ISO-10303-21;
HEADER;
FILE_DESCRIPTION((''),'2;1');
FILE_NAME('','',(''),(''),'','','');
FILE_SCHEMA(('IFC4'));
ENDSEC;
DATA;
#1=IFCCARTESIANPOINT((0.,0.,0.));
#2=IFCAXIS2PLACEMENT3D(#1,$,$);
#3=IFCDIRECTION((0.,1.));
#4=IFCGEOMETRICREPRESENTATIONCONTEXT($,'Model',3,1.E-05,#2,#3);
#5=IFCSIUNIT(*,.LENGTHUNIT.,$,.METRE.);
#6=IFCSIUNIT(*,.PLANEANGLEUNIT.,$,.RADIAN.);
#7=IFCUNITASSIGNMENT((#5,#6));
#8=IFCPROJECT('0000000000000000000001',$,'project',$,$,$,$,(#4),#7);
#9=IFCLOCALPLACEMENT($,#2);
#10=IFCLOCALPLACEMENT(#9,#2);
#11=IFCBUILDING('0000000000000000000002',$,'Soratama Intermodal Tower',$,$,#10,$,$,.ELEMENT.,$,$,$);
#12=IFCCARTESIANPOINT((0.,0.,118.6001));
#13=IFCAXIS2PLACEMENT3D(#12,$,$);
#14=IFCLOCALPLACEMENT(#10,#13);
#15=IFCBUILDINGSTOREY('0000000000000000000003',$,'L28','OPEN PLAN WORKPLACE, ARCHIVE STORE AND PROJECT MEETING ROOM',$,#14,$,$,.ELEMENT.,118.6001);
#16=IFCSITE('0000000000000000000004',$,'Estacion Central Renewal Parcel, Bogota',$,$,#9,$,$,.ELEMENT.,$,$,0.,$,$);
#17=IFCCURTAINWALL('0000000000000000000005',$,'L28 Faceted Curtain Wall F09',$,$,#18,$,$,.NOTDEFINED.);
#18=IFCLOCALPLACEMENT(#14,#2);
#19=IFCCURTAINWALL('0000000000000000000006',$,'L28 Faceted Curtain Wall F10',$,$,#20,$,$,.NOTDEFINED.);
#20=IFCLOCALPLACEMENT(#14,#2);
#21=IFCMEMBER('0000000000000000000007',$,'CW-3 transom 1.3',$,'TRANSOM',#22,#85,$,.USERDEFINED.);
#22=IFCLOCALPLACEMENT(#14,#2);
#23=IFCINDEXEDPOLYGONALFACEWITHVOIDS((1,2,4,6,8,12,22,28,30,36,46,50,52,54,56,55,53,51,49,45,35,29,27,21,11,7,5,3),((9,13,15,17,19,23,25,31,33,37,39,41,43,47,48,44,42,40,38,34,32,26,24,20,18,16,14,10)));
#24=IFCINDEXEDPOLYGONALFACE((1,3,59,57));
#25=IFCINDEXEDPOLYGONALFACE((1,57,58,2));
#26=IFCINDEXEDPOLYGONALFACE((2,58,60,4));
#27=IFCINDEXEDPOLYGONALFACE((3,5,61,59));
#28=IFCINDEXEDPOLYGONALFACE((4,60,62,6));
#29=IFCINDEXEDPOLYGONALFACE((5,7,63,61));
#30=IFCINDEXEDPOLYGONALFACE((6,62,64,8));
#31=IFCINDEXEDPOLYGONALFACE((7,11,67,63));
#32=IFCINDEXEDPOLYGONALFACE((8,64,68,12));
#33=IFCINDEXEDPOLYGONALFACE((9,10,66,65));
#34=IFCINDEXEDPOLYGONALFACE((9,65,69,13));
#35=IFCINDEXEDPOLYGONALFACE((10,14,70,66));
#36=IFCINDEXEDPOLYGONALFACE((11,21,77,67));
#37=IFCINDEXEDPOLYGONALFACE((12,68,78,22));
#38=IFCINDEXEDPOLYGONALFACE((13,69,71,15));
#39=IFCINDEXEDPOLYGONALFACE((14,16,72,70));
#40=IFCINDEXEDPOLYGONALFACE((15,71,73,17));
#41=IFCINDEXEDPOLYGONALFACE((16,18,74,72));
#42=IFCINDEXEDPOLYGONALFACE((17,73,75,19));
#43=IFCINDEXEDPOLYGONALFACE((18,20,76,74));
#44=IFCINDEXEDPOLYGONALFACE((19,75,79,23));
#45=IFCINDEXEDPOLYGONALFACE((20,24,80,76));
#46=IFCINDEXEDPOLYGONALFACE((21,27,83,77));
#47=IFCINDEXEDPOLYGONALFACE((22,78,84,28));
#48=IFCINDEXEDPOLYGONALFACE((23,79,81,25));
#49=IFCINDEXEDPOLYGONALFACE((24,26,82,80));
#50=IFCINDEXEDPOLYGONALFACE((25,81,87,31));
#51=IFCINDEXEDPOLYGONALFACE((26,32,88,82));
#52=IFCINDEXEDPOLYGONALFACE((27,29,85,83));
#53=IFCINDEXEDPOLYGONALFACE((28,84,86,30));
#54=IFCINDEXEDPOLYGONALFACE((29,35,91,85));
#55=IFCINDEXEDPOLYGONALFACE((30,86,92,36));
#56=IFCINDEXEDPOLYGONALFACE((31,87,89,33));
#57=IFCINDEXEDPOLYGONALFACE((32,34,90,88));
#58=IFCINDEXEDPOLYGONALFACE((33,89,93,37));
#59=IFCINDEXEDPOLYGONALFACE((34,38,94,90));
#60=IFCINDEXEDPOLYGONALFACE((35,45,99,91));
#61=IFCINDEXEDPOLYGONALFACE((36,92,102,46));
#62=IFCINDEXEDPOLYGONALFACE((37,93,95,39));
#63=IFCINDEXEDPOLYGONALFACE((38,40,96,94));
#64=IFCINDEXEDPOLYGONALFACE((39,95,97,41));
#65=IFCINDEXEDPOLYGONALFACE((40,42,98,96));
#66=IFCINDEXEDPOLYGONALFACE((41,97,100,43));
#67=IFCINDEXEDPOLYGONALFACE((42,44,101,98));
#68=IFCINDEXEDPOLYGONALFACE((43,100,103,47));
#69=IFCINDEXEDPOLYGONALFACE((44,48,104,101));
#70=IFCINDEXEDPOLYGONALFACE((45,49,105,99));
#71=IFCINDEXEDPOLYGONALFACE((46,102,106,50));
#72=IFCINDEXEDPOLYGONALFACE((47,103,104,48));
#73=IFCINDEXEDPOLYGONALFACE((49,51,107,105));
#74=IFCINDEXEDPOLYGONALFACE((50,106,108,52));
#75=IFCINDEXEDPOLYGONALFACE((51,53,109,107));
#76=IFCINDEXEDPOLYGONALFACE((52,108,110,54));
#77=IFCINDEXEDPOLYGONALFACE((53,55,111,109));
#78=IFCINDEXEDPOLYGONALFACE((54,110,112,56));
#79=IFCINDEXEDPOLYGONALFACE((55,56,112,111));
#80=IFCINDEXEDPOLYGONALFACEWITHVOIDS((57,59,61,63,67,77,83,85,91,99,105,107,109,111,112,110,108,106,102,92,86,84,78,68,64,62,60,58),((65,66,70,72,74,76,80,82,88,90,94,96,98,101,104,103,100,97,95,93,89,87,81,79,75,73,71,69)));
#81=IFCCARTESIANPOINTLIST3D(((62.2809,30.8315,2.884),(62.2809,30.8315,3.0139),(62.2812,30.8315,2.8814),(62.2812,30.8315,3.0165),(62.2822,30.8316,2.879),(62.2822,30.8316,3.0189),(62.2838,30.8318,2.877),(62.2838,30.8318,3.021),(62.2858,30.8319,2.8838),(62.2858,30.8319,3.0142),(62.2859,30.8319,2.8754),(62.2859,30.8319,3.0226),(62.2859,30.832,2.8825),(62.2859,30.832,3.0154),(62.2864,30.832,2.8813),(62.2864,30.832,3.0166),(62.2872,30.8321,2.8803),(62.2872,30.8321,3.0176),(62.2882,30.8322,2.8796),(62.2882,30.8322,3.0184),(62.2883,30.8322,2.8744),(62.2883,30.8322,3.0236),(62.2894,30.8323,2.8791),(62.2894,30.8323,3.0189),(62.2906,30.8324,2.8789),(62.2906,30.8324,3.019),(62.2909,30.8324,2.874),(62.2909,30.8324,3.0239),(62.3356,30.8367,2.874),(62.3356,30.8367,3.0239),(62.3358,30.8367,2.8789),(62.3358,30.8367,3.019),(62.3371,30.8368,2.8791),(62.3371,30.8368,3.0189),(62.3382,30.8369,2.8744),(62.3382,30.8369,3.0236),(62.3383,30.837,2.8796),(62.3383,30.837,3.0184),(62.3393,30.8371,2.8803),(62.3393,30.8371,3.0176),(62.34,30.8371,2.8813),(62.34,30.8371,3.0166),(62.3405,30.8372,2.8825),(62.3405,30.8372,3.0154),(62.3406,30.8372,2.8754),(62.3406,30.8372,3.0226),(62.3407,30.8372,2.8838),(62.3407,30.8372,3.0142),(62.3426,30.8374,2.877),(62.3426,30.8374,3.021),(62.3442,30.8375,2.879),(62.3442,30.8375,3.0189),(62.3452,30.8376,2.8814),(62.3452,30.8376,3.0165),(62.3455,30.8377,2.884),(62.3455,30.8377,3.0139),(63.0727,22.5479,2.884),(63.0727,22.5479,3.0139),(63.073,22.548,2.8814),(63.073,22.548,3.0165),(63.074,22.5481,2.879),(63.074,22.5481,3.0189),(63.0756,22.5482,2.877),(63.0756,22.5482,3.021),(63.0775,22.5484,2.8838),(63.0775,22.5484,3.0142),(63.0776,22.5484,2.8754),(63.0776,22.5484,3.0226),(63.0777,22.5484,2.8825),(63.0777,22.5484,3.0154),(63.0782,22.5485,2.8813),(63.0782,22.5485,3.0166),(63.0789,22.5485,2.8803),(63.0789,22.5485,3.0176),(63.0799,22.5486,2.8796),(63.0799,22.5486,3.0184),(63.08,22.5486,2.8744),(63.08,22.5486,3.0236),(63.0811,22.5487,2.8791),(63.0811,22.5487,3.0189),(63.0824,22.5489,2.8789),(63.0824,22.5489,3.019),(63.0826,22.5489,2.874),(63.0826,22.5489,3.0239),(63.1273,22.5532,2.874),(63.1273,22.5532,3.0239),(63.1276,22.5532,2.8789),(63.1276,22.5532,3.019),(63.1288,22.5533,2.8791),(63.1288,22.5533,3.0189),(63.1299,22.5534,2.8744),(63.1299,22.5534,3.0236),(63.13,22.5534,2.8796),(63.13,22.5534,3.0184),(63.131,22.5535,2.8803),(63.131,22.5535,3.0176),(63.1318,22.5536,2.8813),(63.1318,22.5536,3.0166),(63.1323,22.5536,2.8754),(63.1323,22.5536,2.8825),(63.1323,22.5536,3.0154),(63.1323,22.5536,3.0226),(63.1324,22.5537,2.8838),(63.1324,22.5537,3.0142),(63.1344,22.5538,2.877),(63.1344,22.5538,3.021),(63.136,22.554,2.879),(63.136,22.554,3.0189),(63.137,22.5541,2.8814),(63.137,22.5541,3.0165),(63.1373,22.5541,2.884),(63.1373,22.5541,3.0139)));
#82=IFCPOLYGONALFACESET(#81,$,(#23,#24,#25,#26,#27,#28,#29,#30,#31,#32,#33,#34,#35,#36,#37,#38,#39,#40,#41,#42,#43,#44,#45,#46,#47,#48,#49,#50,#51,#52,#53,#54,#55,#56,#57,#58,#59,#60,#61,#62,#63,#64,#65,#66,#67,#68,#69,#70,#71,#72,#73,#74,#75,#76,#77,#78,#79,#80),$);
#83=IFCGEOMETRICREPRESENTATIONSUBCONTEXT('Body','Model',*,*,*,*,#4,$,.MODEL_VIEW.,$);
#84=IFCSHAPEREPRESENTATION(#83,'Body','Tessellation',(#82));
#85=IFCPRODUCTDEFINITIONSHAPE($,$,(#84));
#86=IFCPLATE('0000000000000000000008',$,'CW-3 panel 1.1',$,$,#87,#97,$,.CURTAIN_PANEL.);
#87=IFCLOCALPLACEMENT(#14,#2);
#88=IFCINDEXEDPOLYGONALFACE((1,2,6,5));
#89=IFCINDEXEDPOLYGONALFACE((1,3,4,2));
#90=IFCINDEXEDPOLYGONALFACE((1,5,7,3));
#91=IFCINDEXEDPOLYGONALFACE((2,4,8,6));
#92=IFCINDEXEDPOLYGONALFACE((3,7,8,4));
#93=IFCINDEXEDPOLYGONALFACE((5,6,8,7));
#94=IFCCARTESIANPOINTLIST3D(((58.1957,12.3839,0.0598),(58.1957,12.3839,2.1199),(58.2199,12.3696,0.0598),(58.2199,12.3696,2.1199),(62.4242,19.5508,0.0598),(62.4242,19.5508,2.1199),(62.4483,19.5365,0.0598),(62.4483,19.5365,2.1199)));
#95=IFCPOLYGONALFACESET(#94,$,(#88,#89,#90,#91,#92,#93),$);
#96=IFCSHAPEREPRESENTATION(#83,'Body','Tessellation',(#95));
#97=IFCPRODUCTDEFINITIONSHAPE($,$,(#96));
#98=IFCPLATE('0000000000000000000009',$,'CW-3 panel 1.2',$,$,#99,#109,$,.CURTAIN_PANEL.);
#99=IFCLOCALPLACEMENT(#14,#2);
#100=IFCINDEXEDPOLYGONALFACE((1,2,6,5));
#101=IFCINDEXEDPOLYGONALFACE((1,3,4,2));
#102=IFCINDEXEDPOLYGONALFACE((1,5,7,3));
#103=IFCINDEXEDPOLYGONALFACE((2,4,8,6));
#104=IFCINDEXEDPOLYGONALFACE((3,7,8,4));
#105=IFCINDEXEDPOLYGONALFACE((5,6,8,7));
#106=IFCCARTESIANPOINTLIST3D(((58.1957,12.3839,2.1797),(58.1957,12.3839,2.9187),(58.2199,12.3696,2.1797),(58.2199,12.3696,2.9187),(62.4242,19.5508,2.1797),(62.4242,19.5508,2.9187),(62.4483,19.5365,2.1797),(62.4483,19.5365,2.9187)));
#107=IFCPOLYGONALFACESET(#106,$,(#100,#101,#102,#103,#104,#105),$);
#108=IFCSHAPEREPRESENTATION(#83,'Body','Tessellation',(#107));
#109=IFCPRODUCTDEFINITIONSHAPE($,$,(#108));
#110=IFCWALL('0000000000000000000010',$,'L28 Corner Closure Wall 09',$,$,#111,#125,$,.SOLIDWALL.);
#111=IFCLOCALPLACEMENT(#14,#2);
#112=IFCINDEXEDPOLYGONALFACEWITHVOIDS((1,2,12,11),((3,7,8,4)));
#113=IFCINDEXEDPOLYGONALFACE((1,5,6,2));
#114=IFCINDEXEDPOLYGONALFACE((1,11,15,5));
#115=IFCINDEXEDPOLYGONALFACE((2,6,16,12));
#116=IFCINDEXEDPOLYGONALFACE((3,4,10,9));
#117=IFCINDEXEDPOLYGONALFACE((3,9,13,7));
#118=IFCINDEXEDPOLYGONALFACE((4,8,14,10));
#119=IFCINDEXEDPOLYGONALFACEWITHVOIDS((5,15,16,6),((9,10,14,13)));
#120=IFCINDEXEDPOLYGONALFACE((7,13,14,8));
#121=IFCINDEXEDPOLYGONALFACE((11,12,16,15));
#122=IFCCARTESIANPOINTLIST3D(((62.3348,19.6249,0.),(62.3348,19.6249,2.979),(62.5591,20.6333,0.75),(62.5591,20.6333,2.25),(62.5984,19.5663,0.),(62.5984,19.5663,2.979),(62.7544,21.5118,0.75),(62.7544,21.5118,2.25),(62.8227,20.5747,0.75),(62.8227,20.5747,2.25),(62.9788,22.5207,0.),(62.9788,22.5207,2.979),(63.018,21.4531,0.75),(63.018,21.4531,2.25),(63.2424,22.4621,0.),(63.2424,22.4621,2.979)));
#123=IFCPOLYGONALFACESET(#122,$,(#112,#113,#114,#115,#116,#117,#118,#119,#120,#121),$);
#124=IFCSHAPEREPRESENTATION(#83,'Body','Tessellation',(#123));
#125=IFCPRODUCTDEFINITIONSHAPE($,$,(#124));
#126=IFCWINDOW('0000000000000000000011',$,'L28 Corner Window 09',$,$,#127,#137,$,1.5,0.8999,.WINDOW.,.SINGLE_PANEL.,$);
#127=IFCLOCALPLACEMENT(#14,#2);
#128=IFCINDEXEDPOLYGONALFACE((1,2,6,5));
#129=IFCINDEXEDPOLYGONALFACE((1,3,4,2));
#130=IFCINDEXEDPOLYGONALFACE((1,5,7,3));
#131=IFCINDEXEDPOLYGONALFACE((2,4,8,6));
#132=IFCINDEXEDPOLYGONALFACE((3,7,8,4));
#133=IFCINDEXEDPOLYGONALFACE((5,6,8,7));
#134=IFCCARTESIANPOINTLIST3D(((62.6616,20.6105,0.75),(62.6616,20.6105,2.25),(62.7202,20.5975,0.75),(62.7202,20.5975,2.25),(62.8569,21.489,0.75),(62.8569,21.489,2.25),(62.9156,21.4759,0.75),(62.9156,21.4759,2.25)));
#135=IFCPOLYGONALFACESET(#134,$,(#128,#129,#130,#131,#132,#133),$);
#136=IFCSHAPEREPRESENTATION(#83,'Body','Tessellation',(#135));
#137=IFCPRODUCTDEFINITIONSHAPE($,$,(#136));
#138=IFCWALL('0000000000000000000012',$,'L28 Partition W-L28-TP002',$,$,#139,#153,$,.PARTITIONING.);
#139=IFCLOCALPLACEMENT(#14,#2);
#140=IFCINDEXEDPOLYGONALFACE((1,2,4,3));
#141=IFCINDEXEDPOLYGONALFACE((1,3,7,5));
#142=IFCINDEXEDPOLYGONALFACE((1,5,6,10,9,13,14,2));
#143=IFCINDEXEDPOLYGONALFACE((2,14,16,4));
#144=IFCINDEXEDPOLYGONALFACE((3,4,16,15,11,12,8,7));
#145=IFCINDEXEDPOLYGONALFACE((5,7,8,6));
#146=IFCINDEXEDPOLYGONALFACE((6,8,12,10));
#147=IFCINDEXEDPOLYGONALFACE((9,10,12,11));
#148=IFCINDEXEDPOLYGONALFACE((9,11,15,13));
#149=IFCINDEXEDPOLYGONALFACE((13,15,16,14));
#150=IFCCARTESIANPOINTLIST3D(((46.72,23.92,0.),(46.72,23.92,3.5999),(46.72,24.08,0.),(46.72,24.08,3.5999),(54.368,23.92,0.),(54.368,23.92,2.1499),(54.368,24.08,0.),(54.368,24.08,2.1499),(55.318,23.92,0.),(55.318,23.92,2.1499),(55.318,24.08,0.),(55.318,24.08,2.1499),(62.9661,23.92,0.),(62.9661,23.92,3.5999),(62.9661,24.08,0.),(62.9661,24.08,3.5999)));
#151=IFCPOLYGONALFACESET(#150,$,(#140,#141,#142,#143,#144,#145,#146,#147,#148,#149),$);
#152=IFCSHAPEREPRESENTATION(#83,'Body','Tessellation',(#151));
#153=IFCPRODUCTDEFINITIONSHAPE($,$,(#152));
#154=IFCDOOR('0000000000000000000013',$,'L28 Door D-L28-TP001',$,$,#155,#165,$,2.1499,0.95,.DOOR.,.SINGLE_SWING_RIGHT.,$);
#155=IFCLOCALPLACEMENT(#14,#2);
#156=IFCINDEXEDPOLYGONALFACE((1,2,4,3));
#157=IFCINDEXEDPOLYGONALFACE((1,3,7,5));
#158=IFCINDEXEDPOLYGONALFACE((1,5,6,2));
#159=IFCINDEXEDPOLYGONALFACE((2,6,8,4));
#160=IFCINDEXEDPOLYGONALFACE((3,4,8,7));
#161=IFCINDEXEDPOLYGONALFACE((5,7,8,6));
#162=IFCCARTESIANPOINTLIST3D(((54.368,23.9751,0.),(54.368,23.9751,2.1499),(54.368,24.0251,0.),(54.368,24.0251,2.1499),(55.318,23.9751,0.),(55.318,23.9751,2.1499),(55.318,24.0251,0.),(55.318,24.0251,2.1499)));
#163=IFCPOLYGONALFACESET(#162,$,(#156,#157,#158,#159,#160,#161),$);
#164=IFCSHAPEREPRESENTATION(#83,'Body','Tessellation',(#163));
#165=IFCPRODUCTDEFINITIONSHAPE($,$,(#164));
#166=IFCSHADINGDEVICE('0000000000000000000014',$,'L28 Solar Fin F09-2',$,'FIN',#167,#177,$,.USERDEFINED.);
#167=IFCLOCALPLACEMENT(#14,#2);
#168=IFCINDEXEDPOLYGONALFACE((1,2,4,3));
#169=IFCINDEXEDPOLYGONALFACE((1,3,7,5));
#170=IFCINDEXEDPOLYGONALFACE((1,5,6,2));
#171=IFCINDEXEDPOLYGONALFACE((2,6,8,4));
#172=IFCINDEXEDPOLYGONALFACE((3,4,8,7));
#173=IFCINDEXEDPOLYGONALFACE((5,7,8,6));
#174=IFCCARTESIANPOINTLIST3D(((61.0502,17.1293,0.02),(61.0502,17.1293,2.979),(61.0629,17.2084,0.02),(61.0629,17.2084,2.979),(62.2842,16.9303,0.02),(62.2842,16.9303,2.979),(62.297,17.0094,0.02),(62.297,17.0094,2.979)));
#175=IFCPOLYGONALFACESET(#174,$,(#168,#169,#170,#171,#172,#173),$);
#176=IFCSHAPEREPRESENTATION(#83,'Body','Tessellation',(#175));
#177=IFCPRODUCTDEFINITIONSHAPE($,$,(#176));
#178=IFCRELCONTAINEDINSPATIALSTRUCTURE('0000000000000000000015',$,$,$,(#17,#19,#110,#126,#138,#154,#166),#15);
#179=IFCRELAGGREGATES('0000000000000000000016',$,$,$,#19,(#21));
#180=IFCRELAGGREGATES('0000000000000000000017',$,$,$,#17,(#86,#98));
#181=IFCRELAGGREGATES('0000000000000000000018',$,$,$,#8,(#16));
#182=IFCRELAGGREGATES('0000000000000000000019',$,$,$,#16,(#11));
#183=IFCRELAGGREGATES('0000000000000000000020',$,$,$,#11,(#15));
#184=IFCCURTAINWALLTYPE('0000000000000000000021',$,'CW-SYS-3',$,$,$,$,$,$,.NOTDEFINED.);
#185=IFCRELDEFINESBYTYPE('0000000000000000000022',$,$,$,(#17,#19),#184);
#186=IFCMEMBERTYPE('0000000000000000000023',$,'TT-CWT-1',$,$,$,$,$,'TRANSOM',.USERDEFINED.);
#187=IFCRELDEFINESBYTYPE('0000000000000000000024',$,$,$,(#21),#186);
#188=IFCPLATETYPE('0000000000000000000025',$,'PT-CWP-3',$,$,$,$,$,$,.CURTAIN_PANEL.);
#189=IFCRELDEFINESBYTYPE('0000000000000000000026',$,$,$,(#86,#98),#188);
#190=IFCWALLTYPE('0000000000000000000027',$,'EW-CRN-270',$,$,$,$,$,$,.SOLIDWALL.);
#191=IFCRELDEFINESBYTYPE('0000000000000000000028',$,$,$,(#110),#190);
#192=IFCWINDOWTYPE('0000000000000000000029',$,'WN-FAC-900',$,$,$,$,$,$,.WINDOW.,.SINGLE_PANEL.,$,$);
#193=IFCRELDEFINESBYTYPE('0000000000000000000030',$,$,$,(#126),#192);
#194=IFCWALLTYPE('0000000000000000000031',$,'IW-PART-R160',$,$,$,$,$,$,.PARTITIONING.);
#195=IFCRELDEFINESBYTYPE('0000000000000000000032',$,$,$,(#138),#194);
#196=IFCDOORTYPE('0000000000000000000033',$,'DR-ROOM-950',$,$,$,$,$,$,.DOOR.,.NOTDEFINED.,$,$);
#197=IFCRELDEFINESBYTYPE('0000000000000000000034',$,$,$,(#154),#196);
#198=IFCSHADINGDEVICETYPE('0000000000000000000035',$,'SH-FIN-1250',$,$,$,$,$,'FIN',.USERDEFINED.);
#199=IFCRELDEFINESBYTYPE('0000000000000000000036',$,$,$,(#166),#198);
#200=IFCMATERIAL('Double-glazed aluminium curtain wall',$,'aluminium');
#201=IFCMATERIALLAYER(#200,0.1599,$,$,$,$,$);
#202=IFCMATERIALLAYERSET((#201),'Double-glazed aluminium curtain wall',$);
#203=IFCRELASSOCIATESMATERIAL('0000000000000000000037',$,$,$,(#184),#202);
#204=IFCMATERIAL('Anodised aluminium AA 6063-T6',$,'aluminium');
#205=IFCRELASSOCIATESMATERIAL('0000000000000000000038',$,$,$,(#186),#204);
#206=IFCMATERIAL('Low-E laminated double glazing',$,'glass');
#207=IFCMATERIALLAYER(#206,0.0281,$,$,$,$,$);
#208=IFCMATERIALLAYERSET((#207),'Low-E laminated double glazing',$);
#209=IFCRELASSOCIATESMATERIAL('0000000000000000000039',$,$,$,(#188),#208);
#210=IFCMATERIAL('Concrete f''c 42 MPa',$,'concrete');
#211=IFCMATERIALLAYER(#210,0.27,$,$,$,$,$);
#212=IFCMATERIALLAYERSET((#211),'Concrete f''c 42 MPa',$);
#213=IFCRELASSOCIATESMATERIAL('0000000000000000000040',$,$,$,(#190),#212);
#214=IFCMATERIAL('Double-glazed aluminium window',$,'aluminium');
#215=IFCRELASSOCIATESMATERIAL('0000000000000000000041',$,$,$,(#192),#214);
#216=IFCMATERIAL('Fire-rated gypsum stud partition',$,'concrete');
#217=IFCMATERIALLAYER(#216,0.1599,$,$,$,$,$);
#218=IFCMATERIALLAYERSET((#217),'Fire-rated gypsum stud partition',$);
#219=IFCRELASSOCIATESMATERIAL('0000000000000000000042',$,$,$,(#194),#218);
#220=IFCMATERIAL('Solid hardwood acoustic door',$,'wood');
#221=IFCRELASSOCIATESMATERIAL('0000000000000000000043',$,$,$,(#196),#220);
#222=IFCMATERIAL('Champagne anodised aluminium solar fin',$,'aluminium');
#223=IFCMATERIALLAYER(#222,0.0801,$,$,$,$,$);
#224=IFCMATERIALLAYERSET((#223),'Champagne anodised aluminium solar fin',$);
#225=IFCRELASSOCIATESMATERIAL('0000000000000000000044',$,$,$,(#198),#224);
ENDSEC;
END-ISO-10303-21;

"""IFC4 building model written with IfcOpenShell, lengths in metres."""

from ifc_helpers import new_model, si_unit, direction, frame, frame_2d, origin, origin_2d, place, context, subcontext, project, spatial, rectangle, hollow_rectangle, extrude, material, layer, layer_set, material_profile, profile_set, type_object, element, fill, aggregate, save


model = new_model("IFC4")

# Units and contexts
model_context = context("Model", 3, precision=1e-05, world=origin(), true_north=direction((0.0, 1.0)))
body_context = subcontext(model_context, "Body", "Model", "MODEL_VIEW")
ifc_project = project(units=[si_unit("LENGTHUNIT", "METRE"), si_unit("PLANEANGLEUNIT", "RADIAN")], contexts=[model_context])

# Site, building, storey
site_placement = place(None, origin())
site = spatial("IfcSite", under=ifc_project, at=site_placement, Name="Estacion Central Renewal Parcel, Bogota", CompositionType="ELEMENT", RefElevation=0.0)
building_placement = place(site_placement, origin())
building = spatial("IfcBuilding", under=site, at=building_placement, Name="Soratama Intermodal Tower", CompositionType="ELEMENT")
storey_placement = place(building_placement, frame((0.0, 0.0, 118.6001)))
storey = spatial("IfcBuildingStorey", under=building, at=storey_placement, Name="L28", Description="OPEN PLAN WORKPLACE, ARCHIVE STORE AND PROJECT MEETING ROOM", CompositionType="ELEMENT", Elevation=118.6001)

# Curtain wall
ifc_material_1 = material(Name="Double-glazed aluminium curtain wall", Category="aluminium")
ifc_layer_1 = layer(ifc_material_1, 0.1599)
ifc_layer_set_1 = layer_set([ifc_layer_1], Name="Double-glazed aluminium curtain wall")
curtain_wall_type = type_object("IfcCurtainWallType", Name="CW-SYS-3", PredefinedType="NOTDEFINED", material=ifc_layer_set_1)
curtain_wall_1_placement = place(storey_placement, origin())
curtain_wall_1 = element("IfcCurtainWall", 1, at=curtain_wall_1_placement, inside=storey, type_object=curtain_wall_type, Name="L28 Faceted Curtain Wall F09", PredefinedType="NOTDEFINED")

# Curtain wall, member
curtain_wall_2_placement = place(storey_placement, origin())
curtain_wall_2 = element("IfcCurtainWall", 2, at=curtain_wall_2_placement, inside=storey, type_object=curtain_wall_type, Name="L28 Faceted Curtain Wall F10", PredefinedType="NOTDEFINED")
ifc_material_2 = material(Name="Anodised aluminium AA 6063-T6", Category="aluminium")
ifc_material_profile_1 = material_profile(ifc_material_2, hollow_rectangle(XDim=0.0649, YDim=0.1499, WallThickness=0.0049, InnerFilletRadius=0.0049, OuterFilletRadius=0.01, at=origin_2d()), Name="CWT150X65X5")
ifc_profile_set_1 = profile_set([ifc_material_profile_1], Name="Anodised aluminium AA 6063-T6")
member_type_1 = type_object("IfcMemberType", Name="TT-CWT-1", ElementType="TRANSOM", PredefinedType="USERDEFINED", material=ifc_profile_set_1)
member_1_placement = place(storey_placement, frame((63.105, 22.551, 2.949), z_axis=(-0.095148, 0.995463, 0.0), x_axis=(-0.995463, -0.095148, 0.0)))
member_1 = element("IfcMember", 3, at=member_1_placement, type_object=member_type_1, Name="CW-3 transom 1.3", ObjectType="TRANSOM", PredefinedType="USERDEFINED", context=body_context, shape_type="SweptSolid", body=[
    extrude(hollow_rectangle(XDim=0.0649, YDim=0.1499, WallThickness=0.0049, InnerFilletRadius=0.0049, OuterFilletRadius=0.01, at=origin_2d()), origin(), (0.0, 0.0, 1.0), 8.3213),
])
aggregate(curtain_wall_2, [member_1])

# Plates
ifc_material_3 = material(Name="Low-E laminated double glazing", Category="glass")
ifc_layer_2 = layer(ifc_material_3, 0.0281)
ifc_layer_set_2 = layer_set([ifc_layer_2], Name="Low-E laminated double glazing")
plate_type = type_object("IfcPlateType", Name="PT-CWP-3", PredefinedType="CURTAIN_PANEL", material=ifc_layer_set_2)
plate_1_placement = place(storey_placement, frame((60.322, 15.9602, 0.0598), z_axis=(0.0, 0.0, 1.0), x_axis=(0.508147, 0.86127, 0.0)))
plate_1 = element("IfcPlate", 4, at=plate_1_placement, type_object=plate_type, Name="CW-3 panel 1.1", PredefinedType="CURTAIN_PANEL", context=body_context, shape_type="SweptSolid", body=[
    extrude(rectangle(XDim=8.3213, YDim=0.0281, at=origin_2d()), origin(), (0.0, 0.0, 1.0), 2.0601),
])
plate_2_placement = place(storey_placement, frame((60.322, 15.9602, 2.1797), z_axis=(0.0, 0.0, 1.0), x_axis=(0.508147, 0.86127, 0.0)))
plate_2 = element("IfcPlate", 5, at=plate_2_placement, type_object=plate_type, Name="CW-3 panel 1.2", PredefinedType="CURTAIN_PANEL", context=body_context, shape_type="SweptSolid", body=[
    extrude(rectangle(XDim=8.3213, YDim=0.0281, at=origin_2d()), origin(), (0.0, 0.0, 1.0), 0.739),
])
aggregate(curtain_wall_1, [plate_1, plate_2])

# Wall, opening, window
ifc_material_4 = material(Name="Concrete f'c 42 MPa", Category="concrete")
ifc_layer_3 = layer(ifc_material_4, 0.27)
ifc_layer_set_3 = layer_set([ifc_layer_3], Name="Concrete f'c 42 MPa")
wall_type_1 = type_object("IfcWallType", Name="EW-CRN-270", PredefinedType="SOLIDWALL", material=ifc_layer_set_3)
wall_1_placement = place(storey_placement, frame((62.4666, 19.5955, 0.0), z_axis=(0.0, 0.0, 1.0), x_axis=(0.217105, 0.976148, 0.0)))
wall_1 = element("IfcWall", 6, at=wall_1_placement, inside=storey, type_object=wall_type_1, Name="L28 Corner Closure Wall 09", PredefinedType="SOLIDWALL", context=body_context, shape_type="SweptSolid", body=[
    extrude(rectangle(XDim=2.9666, YDim=0.27, at=frame_2d((1.4834, 0.0))), origin(), (0.0, 0.0, 1.0), 2.979),
])
opening_1_placement = place(wall_1_placement, frame((1.0332, 0.0, 0.75)))
opening_1 = element("IfcOpeningElement", 7, at=opening_1_placement, cuts=wall_1, PredefinedType="OPENING", context=body_context, shape_type="SweptSolid", body=[
    extrude(rectangle(XDim=0.8999, YDim=1.5, at=frame_2d((0.45, 0.75))), frame((0.0, 0.145, 0.0), z_axis=(0.0, -1.0, 0.0), x_axis=(1.0, 0.0, 0.0)), (0.0, 0.0, 1.0), 0.29),
])
ifc_material_5 = material(Name="Double-glazed aluminium window", Category="aluminium")
window_type = type_object("IfcWindowType", Name="WN-FAC-900", PartitioningType="SINGLE_PANEL", PredefinedType="WINDOW", material=ifc_material_5)
window_placement = place(opening_1_placement, origin())
window = element("IfcWindow", 8, at=window_placement, inside=storey, type_object=window_type, Name="L28 Corner Window 09", OverallHeight=1.5, OverallWidth=0.8999, PartitioningType="SINGLE_PANEL", PredefinedType="WINDOW", context=body_context, shape_type="SweptSolid", body=[
    extrude(rectangle(XDim=0.8999, YDim=1.5, at=frame_2d((0.45, 0.75))), frame((0.0, 0.03, 0.0), z_axis=(0.0, -1.0, 0.0), x_axis=(1.0, 0.0, 0.0)), (0.0, 0.0, 1.0), 0.0601),
])
fill(opening_1, window)

# Wall, opening, door
ifc_material_6 = material(Name="Fire-rated gypsum stud partition", Category="concrete")
ifc_layer_4 = layer(ifc_material_6, 0.1599)
ifc_layer_set_4 = layer_set([ifc_layer_4], Name="Fire-rated gypsum stud partition")
wall_type_2 = type_object("IfcWallType", Name="IW-PART-R160", PredefinedType="PARTITIONING", material=ifc_layer_set_4)
wall_2_placement = place(storey_placement, frame((62.9661, 24.0, 0.0), z_axis=(0.0, 0.0, 1.0), x_axis=(-1.0, 0.0, 0.0)))
wall_2 = element("IfcWall", 9, at=wall_2_placement, inside=storey, type_object=wall_type_2, Name="L28 Partition W-L28-TP002", PredefinedType="PARTITIONING", context=body_context, shape_type="SweptSolid", body=[
    extrude(rectangle(XDim=16.2461, YDim=0.1599, at=frame_2d((8.123, 0.0))), origin(), (0.0, 0.0, 1.0), 3.5999),
])
opening_2_placement = place(wall_2_placement, frame((7.6479, 0.0, 0.0)))
opening_2 = element("IfcOpeningElement", 10, at=opening_2_placement, cuts=wall_2, PredefinedType="OPENING", context=body_context, shape_type="SweptSolid", body=[
    extrude(rectangle(XDim=0.95, YDim=2.1499, at=frame_2d((0.4751, 1.075))), frame((0.0, 0.0898, 0.0), z_axis=(0.0, -1.0, 0.0), x_axis=(1.0, 0.0, 0.0)), (0.0, 0.0, 1.0), 0.1799),
])
ifc_material_7 = material(Name="Solid hardwood acoustic door", Category="wood")
door_type = type_object("IfcDoorType", Name="DR-ROOM-950", OperationType="NOTDEFINED", PredefinedType="DOOR", material=ifc_material_7)
door_placement = place(opening_2_placement, origin())
door = element("IfcDoor", 11, at=door_placement, inside=storey, type_object=door_type, Name="L28 Door D-L28-TP001", OperationType="SINGLE_SWING_RIGHT", OverallHeight=2.1499, OverallWidth=0.95, PredefinedType="DOOR", context=body_context, shape_type="SweptSolid", body=[
    extrude(rectangle(XDim=0.95, YDim=2.1499, at=frame_2d((0.4751, 1.075))), frame((0.0, 0.0249, 0.0), z_axis=(0.0, -1.0, 0.0), x_axis=(1.0, 0.0, 0.0)), (0.0, 0.0, 1.0), 0.05),
])
fill(opening_2, door)

# Shading device
ifc_material_8 = material(Name="Champagne anodised aluminium solar fin", Category="aluminium")
ifc_layer_5 = layer(ifc_material_8, 0.0801)
ifc_layer_set_5 = layer_set([ifc_layer_5], Name="Champagne anodised aluminium solar fin")
shading_device_type = type_object("IfcShadingDeviceType", Name="SH-FIN-1250", ElementType="FIN", PredefinedType="USERDEFINED", material=ifc_layer_set_5)
for number, where, z_axis, x_axis, name in (
    (12, (61.6736, 17.0693, 0.02), (0.0, 0.0, 1.0), (0.987248, -0.159192, 0.0), "L28 Solar Fin F09-2"),
):
    element("IfcShadingDevice", number, at=place(storey_placement, frame(where, z_axis=z_axis, x_axis=x_axis)), inside=storey, type_object=shading_device_type, Name=name, ObjectType="FIN", PredefinedType="USERDEFINED", context=body_context, shape_type="SweptSolid", body=[
        extrude(rectangle(XDim=1.25, YDim=0.0801, at=origin_2d()), origin(), (0.0, 0.0, 1.0), 2.959),
    ])

save(model, "model.ifc")
